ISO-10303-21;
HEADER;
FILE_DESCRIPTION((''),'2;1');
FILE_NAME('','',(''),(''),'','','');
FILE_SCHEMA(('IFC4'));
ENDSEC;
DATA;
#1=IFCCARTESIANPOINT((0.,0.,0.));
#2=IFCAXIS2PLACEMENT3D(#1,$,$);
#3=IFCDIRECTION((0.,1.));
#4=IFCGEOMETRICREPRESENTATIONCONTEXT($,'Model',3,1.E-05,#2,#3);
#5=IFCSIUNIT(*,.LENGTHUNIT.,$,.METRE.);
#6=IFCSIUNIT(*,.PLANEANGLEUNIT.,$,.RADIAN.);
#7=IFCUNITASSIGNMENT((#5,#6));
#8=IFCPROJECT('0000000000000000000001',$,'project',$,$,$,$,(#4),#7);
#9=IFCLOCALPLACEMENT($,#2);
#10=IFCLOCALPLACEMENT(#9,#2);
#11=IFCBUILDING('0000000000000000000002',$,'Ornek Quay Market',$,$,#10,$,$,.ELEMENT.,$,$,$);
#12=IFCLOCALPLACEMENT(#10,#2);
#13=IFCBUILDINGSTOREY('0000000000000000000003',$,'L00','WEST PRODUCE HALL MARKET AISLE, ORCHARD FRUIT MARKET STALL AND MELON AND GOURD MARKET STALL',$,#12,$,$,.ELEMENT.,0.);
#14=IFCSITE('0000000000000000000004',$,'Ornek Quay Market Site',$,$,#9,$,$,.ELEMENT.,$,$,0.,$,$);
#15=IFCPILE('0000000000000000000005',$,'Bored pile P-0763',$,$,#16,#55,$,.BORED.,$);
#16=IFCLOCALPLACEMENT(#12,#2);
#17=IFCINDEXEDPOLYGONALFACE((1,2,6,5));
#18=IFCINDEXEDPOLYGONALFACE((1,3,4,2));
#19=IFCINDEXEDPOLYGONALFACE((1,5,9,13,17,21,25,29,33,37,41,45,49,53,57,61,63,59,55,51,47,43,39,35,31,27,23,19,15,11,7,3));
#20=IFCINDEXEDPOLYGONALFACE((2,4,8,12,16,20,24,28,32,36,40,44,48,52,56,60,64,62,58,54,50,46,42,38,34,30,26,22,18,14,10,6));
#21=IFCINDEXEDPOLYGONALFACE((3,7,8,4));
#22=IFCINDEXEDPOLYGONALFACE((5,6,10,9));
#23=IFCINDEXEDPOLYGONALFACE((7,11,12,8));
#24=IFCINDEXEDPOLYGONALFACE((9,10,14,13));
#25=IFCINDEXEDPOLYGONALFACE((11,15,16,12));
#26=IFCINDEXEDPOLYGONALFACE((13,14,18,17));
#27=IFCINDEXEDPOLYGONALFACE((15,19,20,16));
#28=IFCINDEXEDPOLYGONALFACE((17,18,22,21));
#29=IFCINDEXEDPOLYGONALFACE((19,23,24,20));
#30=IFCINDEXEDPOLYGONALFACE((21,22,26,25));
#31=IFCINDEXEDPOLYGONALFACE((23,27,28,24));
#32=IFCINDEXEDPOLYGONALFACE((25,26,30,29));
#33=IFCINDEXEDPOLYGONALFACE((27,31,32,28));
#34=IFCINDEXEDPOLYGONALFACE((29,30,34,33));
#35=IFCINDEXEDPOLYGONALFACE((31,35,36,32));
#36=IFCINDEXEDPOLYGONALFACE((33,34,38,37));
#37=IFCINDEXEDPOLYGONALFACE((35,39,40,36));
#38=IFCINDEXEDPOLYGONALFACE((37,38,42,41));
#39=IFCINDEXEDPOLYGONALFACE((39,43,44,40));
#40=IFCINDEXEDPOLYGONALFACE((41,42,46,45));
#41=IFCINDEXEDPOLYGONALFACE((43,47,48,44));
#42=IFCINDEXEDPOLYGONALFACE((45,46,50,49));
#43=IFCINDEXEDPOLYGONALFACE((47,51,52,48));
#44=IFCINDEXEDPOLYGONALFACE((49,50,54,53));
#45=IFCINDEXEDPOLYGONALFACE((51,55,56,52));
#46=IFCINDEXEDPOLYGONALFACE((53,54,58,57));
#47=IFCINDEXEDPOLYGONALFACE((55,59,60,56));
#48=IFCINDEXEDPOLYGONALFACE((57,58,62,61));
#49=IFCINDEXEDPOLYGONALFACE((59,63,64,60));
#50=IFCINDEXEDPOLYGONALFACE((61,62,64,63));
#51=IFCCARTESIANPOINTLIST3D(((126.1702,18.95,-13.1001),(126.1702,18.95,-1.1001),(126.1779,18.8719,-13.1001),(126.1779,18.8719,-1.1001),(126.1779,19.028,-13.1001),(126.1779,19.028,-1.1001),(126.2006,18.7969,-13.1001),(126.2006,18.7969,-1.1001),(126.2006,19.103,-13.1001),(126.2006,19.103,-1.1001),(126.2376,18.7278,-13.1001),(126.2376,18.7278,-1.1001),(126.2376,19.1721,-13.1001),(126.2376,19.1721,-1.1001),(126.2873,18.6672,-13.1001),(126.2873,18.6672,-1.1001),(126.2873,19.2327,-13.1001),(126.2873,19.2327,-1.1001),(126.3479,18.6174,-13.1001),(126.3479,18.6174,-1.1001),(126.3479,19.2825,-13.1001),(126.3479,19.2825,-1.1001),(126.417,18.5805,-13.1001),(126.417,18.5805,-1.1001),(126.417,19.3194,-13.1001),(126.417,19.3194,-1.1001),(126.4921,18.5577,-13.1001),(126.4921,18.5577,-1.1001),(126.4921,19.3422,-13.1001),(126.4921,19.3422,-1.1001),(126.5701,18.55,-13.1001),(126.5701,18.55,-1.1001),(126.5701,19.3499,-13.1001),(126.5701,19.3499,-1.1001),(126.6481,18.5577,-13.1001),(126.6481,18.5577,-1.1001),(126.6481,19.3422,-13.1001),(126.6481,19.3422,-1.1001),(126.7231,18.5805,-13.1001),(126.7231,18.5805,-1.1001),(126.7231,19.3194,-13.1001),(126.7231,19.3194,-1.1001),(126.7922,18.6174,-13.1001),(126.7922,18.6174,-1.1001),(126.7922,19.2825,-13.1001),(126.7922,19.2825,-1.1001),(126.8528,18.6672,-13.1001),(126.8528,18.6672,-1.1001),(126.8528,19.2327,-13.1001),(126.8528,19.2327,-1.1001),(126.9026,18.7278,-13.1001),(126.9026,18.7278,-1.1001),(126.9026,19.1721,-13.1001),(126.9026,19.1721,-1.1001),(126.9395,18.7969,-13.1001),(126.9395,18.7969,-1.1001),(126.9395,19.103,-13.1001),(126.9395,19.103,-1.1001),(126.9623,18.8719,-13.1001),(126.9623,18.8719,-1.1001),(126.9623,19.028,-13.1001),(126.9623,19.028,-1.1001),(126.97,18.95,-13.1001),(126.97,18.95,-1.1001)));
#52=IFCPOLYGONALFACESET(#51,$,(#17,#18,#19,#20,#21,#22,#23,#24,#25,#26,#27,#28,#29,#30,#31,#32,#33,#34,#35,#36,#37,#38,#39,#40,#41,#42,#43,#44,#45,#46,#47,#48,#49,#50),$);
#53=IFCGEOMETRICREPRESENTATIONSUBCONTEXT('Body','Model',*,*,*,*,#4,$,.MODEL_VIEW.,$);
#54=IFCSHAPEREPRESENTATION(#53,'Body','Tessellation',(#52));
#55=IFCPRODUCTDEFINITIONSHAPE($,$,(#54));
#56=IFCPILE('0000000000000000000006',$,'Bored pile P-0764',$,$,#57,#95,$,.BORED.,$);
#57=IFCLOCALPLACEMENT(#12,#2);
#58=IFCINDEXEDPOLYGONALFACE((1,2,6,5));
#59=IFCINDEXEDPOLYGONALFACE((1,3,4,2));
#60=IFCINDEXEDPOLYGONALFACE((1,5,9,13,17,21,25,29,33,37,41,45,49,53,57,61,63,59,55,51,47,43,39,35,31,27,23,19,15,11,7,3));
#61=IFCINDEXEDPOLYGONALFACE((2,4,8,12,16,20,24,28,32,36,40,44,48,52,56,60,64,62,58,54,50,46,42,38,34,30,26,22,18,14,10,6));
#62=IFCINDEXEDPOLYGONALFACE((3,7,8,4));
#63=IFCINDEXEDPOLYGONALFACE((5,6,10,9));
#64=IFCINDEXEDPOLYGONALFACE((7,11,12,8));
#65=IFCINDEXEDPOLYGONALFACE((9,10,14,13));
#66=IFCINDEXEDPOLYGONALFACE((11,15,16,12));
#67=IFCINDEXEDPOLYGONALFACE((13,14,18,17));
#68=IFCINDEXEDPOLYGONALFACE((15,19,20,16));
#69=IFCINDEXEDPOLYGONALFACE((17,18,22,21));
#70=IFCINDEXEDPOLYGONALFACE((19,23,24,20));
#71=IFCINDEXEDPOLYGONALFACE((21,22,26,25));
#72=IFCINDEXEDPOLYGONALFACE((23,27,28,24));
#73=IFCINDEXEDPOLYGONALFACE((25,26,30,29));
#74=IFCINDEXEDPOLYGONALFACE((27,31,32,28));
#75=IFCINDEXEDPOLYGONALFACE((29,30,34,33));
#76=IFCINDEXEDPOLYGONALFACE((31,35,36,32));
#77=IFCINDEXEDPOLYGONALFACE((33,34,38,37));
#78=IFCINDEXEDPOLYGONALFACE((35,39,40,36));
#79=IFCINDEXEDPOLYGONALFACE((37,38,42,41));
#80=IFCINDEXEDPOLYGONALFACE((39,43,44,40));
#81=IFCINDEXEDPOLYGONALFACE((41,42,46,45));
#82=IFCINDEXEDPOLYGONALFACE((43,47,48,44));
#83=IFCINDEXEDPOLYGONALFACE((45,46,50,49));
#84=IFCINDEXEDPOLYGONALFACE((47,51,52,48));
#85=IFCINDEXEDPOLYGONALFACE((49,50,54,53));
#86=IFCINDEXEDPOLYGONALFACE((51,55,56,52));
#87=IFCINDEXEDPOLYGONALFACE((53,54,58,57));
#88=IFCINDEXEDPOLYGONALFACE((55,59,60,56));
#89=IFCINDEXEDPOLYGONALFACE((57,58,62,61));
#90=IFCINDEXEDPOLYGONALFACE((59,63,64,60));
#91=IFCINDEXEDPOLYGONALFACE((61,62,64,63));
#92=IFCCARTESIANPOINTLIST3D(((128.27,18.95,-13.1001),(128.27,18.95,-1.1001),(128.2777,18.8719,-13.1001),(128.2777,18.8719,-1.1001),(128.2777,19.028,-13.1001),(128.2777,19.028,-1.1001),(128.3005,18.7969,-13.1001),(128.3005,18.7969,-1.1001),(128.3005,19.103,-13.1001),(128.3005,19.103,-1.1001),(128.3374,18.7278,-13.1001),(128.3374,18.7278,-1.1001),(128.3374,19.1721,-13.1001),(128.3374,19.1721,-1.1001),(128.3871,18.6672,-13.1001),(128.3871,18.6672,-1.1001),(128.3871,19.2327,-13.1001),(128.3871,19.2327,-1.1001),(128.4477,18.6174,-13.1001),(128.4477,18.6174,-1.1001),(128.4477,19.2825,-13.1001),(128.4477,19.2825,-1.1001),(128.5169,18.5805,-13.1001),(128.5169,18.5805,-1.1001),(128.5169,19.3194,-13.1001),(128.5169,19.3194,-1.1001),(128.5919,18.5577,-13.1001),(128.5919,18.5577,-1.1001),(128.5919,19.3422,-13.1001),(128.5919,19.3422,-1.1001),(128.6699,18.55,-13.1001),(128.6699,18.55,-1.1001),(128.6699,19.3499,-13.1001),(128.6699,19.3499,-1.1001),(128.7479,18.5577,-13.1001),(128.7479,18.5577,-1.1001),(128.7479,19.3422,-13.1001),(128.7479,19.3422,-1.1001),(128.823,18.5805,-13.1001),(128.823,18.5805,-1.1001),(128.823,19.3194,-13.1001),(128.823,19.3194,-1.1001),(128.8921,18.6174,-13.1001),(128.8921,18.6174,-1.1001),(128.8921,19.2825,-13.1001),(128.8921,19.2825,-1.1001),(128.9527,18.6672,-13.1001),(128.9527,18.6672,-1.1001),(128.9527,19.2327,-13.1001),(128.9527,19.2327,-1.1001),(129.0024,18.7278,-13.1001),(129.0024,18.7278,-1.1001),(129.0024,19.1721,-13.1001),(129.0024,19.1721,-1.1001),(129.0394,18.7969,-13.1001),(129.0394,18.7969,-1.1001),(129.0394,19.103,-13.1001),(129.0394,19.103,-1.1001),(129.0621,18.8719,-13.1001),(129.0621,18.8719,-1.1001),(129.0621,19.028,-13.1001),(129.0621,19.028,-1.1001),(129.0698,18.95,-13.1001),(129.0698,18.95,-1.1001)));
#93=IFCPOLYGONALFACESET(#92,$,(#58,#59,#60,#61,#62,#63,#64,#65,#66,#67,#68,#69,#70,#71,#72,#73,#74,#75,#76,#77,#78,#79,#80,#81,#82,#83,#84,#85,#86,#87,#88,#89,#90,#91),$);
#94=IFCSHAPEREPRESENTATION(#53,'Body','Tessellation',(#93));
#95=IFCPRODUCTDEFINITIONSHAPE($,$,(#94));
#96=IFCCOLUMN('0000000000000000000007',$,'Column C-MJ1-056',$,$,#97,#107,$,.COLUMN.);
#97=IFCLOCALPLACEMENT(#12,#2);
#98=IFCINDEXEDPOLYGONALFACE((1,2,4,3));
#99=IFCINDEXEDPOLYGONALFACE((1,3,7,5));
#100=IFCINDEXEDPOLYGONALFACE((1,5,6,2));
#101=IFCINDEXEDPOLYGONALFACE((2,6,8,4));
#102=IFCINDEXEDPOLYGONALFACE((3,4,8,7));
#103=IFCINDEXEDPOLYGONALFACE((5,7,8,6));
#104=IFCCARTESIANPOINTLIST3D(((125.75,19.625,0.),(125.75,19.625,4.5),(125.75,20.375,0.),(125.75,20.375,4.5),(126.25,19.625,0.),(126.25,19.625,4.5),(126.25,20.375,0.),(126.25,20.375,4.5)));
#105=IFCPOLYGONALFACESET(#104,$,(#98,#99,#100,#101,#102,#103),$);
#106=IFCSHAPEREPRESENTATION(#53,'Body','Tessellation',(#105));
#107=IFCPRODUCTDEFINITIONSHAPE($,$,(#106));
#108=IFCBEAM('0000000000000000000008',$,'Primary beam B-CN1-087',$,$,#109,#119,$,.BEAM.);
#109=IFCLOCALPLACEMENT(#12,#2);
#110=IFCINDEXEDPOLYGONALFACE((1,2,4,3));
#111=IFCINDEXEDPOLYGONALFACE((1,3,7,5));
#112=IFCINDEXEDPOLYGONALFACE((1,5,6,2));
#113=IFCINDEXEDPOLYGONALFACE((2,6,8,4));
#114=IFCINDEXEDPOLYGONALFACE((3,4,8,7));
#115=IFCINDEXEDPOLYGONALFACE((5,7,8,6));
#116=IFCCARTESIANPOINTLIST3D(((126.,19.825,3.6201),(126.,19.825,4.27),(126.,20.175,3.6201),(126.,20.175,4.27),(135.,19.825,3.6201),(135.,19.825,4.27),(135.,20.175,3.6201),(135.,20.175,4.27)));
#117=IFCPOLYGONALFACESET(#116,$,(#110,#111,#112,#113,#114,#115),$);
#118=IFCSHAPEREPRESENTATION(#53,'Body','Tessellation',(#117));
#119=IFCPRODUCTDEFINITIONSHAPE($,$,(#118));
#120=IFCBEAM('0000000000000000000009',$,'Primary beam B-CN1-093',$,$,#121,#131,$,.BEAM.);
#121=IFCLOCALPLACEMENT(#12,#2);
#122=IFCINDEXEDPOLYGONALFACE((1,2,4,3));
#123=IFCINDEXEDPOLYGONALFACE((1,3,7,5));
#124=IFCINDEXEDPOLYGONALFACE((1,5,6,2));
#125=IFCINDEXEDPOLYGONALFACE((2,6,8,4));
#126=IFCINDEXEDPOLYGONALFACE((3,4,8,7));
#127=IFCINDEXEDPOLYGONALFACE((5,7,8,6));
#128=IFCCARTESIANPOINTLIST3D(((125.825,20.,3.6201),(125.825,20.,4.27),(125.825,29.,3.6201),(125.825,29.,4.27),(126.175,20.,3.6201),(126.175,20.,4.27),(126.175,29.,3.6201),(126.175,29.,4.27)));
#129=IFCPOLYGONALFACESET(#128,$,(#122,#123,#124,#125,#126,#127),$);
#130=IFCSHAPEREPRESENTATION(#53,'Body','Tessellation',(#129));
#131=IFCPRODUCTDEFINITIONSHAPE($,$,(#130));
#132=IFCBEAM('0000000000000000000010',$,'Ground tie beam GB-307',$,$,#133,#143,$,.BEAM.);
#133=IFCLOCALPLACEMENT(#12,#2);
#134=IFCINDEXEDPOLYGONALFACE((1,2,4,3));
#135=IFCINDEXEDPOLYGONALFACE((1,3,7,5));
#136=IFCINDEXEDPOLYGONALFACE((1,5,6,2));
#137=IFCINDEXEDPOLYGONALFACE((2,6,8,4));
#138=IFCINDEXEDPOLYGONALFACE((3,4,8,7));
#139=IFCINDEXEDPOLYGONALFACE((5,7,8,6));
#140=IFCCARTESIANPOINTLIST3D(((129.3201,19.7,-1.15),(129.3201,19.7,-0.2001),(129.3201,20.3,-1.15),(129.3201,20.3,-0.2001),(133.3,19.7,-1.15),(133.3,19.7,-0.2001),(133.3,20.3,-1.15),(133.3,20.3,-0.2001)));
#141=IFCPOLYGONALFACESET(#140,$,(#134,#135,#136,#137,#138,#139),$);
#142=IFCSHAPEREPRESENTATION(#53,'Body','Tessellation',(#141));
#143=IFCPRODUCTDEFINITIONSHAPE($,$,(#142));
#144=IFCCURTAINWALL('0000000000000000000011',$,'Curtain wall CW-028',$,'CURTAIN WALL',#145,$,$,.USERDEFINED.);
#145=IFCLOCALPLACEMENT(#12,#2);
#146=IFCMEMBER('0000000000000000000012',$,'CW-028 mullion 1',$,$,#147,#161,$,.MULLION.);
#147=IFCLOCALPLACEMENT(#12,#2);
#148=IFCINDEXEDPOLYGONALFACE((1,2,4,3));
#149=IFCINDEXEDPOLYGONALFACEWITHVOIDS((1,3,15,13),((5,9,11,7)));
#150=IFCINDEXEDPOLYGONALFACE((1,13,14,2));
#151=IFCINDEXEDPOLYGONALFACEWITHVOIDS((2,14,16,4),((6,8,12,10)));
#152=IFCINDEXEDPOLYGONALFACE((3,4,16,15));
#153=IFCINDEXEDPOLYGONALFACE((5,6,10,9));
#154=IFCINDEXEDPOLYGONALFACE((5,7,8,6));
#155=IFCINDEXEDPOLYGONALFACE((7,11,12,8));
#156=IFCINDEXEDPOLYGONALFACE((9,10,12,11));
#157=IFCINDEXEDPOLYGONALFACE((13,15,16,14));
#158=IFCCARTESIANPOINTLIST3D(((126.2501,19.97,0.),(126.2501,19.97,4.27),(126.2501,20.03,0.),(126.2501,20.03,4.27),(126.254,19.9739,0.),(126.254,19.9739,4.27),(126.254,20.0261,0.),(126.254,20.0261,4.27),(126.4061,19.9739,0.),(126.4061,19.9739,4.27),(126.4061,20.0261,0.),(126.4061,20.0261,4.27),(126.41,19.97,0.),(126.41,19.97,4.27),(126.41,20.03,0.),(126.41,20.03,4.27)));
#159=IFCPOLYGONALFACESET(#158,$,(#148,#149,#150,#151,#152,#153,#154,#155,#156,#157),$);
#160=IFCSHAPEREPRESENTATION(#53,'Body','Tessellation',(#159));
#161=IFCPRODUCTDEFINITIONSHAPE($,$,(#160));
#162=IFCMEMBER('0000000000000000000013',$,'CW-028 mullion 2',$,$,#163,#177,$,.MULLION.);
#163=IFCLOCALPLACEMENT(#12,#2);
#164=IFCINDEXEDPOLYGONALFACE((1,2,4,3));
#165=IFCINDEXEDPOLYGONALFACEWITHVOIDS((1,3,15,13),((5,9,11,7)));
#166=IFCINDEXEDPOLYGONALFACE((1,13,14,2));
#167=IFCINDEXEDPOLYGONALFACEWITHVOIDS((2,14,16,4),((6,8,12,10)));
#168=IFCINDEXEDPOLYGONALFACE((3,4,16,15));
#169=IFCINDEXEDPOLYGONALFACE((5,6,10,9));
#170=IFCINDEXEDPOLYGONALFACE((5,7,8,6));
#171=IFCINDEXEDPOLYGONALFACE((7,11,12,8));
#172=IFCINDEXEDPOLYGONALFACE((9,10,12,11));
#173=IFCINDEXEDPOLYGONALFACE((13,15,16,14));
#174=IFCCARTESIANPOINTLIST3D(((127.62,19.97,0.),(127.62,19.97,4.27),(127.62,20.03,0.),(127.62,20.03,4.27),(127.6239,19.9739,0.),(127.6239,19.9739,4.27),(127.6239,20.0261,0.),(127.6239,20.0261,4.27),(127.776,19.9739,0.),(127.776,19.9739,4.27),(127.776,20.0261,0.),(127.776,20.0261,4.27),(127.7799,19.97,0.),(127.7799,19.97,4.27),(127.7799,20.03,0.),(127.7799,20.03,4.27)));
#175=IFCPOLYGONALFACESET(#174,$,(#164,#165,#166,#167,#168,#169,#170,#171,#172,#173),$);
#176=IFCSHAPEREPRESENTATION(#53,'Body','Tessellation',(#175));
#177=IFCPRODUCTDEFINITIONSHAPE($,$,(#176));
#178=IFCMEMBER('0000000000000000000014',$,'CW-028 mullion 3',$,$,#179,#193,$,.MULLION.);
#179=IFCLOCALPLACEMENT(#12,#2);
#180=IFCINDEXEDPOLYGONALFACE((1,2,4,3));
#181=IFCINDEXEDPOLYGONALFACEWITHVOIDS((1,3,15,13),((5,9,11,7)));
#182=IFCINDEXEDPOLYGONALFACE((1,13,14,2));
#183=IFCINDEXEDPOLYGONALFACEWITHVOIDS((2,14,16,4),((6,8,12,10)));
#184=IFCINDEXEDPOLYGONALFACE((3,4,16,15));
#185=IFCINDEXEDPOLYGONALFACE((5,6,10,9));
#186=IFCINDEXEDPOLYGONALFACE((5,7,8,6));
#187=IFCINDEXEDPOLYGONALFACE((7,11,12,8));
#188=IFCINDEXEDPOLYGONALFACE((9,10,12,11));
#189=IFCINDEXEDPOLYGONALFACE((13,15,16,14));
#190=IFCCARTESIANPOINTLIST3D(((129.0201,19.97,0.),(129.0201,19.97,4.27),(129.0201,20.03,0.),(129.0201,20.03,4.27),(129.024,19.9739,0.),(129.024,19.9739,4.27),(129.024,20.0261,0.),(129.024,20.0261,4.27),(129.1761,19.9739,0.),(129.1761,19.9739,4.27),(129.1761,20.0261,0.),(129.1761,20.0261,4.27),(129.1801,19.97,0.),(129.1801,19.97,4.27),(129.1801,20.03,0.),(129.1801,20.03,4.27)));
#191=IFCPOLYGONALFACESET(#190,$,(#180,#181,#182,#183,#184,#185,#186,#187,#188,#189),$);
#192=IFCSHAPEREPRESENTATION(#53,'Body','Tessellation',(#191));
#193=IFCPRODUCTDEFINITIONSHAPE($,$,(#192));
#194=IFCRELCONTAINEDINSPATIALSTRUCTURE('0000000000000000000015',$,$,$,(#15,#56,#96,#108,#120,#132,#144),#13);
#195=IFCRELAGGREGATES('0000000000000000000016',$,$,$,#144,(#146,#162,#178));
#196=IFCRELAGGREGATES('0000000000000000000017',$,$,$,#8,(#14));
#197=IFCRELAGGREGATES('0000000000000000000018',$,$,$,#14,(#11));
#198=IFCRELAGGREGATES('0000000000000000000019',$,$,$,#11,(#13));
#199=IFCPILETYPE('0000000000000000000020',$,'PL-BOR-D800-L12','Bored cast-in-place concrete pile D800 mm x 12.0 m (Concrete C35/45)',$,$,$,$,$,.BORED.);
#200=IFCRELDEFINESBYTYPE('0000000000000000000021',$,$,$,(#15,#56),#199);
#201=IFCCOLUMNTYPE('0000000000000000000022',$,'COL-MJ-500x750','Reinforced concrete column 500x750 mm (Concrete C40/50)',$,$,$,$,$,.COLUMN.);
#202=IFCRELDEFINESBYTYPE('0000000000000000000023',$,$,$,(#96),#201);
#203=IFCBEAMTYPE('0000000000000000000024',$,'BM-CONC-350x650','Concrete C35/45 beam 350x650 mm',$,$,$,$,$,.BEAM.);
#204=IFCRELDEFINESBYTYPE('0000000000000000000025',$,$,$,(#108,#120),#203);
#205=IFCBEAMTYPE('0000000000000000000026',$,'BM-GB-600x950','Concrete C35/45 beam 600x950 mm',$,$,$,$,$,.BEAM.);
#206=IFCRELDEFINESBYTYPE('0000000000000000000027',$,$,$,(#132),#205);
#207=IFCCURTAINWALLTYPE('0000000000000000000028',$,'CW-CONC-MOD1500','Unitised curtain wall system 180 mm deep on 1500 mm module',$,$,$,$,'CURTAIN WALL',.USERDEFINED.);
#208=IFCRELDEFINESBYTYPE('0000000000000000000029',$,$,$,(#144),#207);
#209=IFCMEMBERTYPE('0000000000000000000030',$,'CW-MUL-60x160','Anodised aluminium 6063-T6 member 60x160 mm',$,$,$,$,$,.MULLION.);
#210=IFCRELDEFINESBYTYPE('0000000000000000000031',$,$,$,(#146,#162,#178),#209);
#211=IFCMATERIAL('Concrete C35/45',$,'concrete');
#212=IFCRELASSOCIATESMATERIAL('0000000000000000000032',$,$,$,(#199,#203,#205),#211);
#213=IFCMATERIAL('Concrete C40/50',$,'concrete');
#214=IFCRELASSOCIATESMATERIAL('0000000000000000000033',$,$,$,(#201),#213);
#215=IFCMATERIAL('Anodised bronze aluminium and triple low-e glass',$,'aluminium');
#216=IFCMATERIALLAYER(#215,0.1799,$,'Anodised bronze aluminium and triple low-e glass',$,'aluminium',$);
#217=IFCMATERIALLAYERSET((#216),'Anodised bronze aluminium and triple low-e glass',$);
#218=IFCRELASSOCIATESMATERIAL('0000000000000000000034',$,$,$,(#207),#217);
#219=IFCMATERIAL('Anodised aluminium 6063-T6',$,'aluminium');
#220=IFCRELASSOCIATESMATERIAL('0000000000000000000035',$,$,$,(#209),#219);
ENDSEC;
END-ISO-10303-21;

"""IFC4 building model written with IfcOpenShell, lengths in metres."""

from ifc_helpers import new_model, si_unit, direction, frame, origin, origin_2d, place, context, subcontext, project, spatial, rectangle, hollow_rectangle, circle, extrude, material, layer, layer_set, material_profile, profile_set, type_object, element, aggregate, save


model = new_model("IFC4")

# Units and contexts
model_context = context("Model", 3, precision=1e-05, world=origin(), true_north=direction((0.0, 1.0)))
body_context = subcontext(model_context, "Body", "Model", "MODEL_VIEW")
ifc_project = project(units=[si_unit("LENGTHUNIT", "METRE"), si_unit("PLANEANGLEUNIT", "RADIAN")], contexts=[model_context])

# Site, building, storey
site_placement = place(None, origin())
site = spatial("IfcSite", under=ifc_project, at=site_placement, Name="Ornek Quay Market Site", CompositionType="ELEMENT", RefElevation=0.0)
building_placement = place(site_placement, origin())
building = spatial("IfcBuilding", under=site, at=building_placement, Name="Ornek Quay Market", CompositionType="ELEMENT")
storey_placement = place(building_placement, origin())
storey = spatial("IfcBuildingStorey", under=building, at=storey_placement, Name="L00", Description="WEST PRODUCE HALL MARKET AISLE, ORCHARD FRUIT MARKET STALL AND MELON AND GOURD MARKET STALL", CompositionType="ELEMENT", Elevation=0.0)

# Piles
ifc_material_1 = material(Name="Concrete C35/45", Category="concrete")
ifc_material_profile_1 = material_profile(ifc_material_1, circle(Radius=0.3999, at=origin_2d()), Name="PILE D800", Category="concrete")
ifc_profile_set_1 = profile_set([ifc_material_profile_1], Name="Concrete C35/45")
pile_type = type_object("IfcPileType", Name="PL-BOR-D800-L12", Description="Bored cast-in-place concrete pile D800 mm x 12.0 m (Concrete C35/45)", PredefinedType="BORED", material=ifc_profile_set_1)
for number, where, z_axis, x_axis, name in (
    (1, (126.5701, 18.95, -1.1001), (0.0, 0.0, -1.0), (1.0, 0.0, 0.0), "Bored pile P-0763"),
    (2, (128.6699, 18.95, -1.1001), (0.0, 0.0, -1.0), (1.0, 0.0, 0.0), "Bored pile P-0764"),
):
    element("IfcPile", number, at=place(storey_placement, frame(where, z_axis=z_axis, x_axis=x_axis)), inside=storey, type_object=pile_type, Name=name, PredefinedType="BORED", context=body_context, shape_type="SweptSolid", body=[
        extrude(circle(Radius=0.3999, at=origin_2d()), origin(), (0.0, 0.0, 1.0), 12.0),
    ])

# Column
ifc_material_2 = material(Name="Concrete C40/50", Category="concrete")
ifc_material_profile_2 = material_profile(ifc_material_2, rectangle(XDim=0.5, YDim=0.75, at=origin_2d()), Name="RC 500x750", Category="concrete")
ifc_profile_set_2 = profile_set([ifc_material_profile_2], Name="Concrete C40/50")
column_type = type_object("IfcColumnType", Name="COL-MJ-500x750", Description="Reinforced concrete column 500x750 mm (Concrete C40/50)", PredefinedType="COLUMN", material=ifc_profile_set_2)
column_placement = place(storey_placement, frame((126.0, 20.0, 0.0), z_axis=(0.0, 0.0, 1.0), x_axis=(1.0, 0.0, 0.0)))
element("IfcColumn", 3, at=column_placement, inside=storey, type_object=column_type, Name="Column C-MJ1-056", PredefinedType="COLUMN", context=body_context, shape_type="SweptSolid", body=[
    extrude(rectangle(XDim=0.5, YDim=0.75, at=origin_2d()), origin(), (0.0, 0.0, 1.0), 4.5),
])

# Beams
ifc_material_profile_3 = material_profile(ifc_material_1, rectangle(XDim=0.3501, YDim=0.6499, at=origin_2d()), Name="RC 350x650", Category="concrete")
ifc_profile_set_3 = profile_set([ifc_material_profile_3], Name="Concrete C35/45")
beam_type_1 = type_object("IfcBeamType", Name="BM-CONC-350x650", Description="Concrete C35/45 beam 350x650 mm", PredefinedType="BEAM", material=ifc_profile_set_3)
for number, where, z_axis, x_axis, name in (
    (4, (126.0, 20.0, 3.9451), (1.0, 0.0, 0.0), (0.0, 1.0, 0.0), "Primary beam B-CN1-087"),
    (5, (126.0, 20.0, 3.9451), (0.0, 1.0, 0.0), (-1.0, 0.0, 0.0), "Primary beam B-CN1-093"),
):
    element("IfcBeam", number, at=place(storey_placement, frame(where, z_axis=z_axis, x_axis=x_axis)), inside=storey, type_object=beam_type_1, Name=name, PredefinedType="BEAM", context=body_context, shape_type="SweptSolid", body=[
        extrude(rectangle(XDim=0.3501, YDim=0.6499, at=origin_2d()), origin(), (0.0, 0.0, 1.0), 9.0),
    ])
ifc_material_profile_4 = material_profile(ifc_material_1, rectangle(XDim=0.6001, YDim=0.95, at=origin_2d()), Name="RC 600x950", Category="concrete")
ifc_profile_set_4 = profile_set([ifc_material_profile_4], Name="Concrete C35/45")
beam_type_2 = type_object("IfcBeamType", Name="BM-GB-600x950", Description="Concrete C35/45 beam 600x950 mm", PredefinedType="BEAM", material=ifc_profile_set_4)
beam_placement = place(storey_placement, frame((129.3201, 20.0, -0.675), z_axis=(1.0, 0.0, 0.0), x_axis=(0.0, 1.0, 0.0)))
element("IfcBeam", 6, at=beam_placement, inside=storey, type_object=beam_type_2, Name="Ground tie beam GB-307", PredefinedType="BEAM", context=body_context, shape_type="SweptSolid", body=[
    extrude(rectangle(XDim=0.6001, YDim=0.95, at=origin_2d()), origin(), (0.0, 0.0, 1.0), 3.98),
])

# Curtain wall, members
ifc_material_3 = material(Name="Anodised bronze aluminium and triple low-e glass", Category="aluminium")
ifc_layer_1 = layer(ifc_material_3, 0.1799, Name="Anodised bronze aluminium and triple low-e glass", Category="aluminium")
ifc_layer_set_1 = layer_set([ifc_layer_1], Name="Anodised bronze aluminium and triple low-e glass")
curtain_wall_type = type_object("IfcCurtainWallType", Name="CW-CONC-MOD1500", Description="Unitised curtain wall system 180 mm deep on 1500 mm module", ElementType="CURTAIN WALL", PredefinedType="USERDEFINED", material=ifc_layer_set_1)
curtain_wall_placement = place(storey_placement, origin())
curtain_wall = element("IfcCurtainWall", 7, at=curtain_wall_placement, inside=storey, type_object=curtain_wall_type, Name="Curtain wall CW-028", ObjectType="CURTAIN WALL", PredefinedType="USERDEFINED")
ifc_material_4 = material(Name="Anodised aluminium 6063-T6", Category="aluminium")
ifc_material_profile_5 = material_profile(ifc_material_4, hollow_rectangle(XDim=0.0601, YDim=0.1599, WallThickness=0.0039, at=origin_2d()), Name="CW-MUL-60x160", Category="aluminium")
ifc_profile_set_5 = profile_set([ifc_material_profile_5], Name="Anodised aluminium 6063-T6")
member_type_1 = type_object("IfcMemberType", Name="CW-MUL-60x160", Description="Anodised aluminium 6063-T6 member 60x160 mm", PredefinedType="MULLION", material=ifc_profile_set_5)
member_1_placement = place(storey_placement, frame((126.3301, 20.0, 0.0), z_axis=(0.0, 0.0, 1.0), x_axis=(0.0, 1.0, 0.0)))
member_1 = element("IfcMember", 8, at=member_1_placement, type_object=member_type_1, Name="CW-028 mullion 1", PredefinedType="MULLION", context=body_context, shape_type="SweptSolid", body=[
    extrude(hollow_rectangle(XDim=0.0601, YDim=0.1599, WallThickness=0.0039, at=origin_2d()), origin(), (0.0, 0.0, 1.0), 4.27),
])
member_2_placement = place(storey_placement, frame((127.7, 20.0, 0.0), z_axis=(0.0, 0.0, 1.0), x_axis=(0.0, 1.0, 0.0)))
member_2 = element("IfcMember", 9, at=member_2_placement, type_object=member_type_1, Name="CW-028 mullion 2", PredefinedType="MULLION", context=body_context, shape_type="SweptSolid", body=[
    extrude(hollow_rectangle(XDim=0.0601, YDim=0.1599, WallThickness=0.0039, at=origin_2d()), origin(), (0.0, 0.0, 1.0), 4.27),
])
member_3_placement = place(storey_placement, frame((129.1001, 20.0, 0.0), z_axis=(0.0, 0.0, 1.0), x_axis=(0.0, 1.0, 0.0)))
member_3 = element("IfcMember", 10, at=member_3_placement, type_object=member_type_1, Name="CW-028 mullion 3", PredefinedType="MULLION", context=body_context, shape_type="SweptSolid", body=[
    extrude(hollow_rectangle(XDim=0.0601, YDim=0.1599, WallThickness=0.0039, at=origin_2d()), origin(), (0.0, 0.0, 1.0), 4.27),
])
aggregate(curtain_wall, [member_1, member_2, member_3])

save(model, "model.ifc")
